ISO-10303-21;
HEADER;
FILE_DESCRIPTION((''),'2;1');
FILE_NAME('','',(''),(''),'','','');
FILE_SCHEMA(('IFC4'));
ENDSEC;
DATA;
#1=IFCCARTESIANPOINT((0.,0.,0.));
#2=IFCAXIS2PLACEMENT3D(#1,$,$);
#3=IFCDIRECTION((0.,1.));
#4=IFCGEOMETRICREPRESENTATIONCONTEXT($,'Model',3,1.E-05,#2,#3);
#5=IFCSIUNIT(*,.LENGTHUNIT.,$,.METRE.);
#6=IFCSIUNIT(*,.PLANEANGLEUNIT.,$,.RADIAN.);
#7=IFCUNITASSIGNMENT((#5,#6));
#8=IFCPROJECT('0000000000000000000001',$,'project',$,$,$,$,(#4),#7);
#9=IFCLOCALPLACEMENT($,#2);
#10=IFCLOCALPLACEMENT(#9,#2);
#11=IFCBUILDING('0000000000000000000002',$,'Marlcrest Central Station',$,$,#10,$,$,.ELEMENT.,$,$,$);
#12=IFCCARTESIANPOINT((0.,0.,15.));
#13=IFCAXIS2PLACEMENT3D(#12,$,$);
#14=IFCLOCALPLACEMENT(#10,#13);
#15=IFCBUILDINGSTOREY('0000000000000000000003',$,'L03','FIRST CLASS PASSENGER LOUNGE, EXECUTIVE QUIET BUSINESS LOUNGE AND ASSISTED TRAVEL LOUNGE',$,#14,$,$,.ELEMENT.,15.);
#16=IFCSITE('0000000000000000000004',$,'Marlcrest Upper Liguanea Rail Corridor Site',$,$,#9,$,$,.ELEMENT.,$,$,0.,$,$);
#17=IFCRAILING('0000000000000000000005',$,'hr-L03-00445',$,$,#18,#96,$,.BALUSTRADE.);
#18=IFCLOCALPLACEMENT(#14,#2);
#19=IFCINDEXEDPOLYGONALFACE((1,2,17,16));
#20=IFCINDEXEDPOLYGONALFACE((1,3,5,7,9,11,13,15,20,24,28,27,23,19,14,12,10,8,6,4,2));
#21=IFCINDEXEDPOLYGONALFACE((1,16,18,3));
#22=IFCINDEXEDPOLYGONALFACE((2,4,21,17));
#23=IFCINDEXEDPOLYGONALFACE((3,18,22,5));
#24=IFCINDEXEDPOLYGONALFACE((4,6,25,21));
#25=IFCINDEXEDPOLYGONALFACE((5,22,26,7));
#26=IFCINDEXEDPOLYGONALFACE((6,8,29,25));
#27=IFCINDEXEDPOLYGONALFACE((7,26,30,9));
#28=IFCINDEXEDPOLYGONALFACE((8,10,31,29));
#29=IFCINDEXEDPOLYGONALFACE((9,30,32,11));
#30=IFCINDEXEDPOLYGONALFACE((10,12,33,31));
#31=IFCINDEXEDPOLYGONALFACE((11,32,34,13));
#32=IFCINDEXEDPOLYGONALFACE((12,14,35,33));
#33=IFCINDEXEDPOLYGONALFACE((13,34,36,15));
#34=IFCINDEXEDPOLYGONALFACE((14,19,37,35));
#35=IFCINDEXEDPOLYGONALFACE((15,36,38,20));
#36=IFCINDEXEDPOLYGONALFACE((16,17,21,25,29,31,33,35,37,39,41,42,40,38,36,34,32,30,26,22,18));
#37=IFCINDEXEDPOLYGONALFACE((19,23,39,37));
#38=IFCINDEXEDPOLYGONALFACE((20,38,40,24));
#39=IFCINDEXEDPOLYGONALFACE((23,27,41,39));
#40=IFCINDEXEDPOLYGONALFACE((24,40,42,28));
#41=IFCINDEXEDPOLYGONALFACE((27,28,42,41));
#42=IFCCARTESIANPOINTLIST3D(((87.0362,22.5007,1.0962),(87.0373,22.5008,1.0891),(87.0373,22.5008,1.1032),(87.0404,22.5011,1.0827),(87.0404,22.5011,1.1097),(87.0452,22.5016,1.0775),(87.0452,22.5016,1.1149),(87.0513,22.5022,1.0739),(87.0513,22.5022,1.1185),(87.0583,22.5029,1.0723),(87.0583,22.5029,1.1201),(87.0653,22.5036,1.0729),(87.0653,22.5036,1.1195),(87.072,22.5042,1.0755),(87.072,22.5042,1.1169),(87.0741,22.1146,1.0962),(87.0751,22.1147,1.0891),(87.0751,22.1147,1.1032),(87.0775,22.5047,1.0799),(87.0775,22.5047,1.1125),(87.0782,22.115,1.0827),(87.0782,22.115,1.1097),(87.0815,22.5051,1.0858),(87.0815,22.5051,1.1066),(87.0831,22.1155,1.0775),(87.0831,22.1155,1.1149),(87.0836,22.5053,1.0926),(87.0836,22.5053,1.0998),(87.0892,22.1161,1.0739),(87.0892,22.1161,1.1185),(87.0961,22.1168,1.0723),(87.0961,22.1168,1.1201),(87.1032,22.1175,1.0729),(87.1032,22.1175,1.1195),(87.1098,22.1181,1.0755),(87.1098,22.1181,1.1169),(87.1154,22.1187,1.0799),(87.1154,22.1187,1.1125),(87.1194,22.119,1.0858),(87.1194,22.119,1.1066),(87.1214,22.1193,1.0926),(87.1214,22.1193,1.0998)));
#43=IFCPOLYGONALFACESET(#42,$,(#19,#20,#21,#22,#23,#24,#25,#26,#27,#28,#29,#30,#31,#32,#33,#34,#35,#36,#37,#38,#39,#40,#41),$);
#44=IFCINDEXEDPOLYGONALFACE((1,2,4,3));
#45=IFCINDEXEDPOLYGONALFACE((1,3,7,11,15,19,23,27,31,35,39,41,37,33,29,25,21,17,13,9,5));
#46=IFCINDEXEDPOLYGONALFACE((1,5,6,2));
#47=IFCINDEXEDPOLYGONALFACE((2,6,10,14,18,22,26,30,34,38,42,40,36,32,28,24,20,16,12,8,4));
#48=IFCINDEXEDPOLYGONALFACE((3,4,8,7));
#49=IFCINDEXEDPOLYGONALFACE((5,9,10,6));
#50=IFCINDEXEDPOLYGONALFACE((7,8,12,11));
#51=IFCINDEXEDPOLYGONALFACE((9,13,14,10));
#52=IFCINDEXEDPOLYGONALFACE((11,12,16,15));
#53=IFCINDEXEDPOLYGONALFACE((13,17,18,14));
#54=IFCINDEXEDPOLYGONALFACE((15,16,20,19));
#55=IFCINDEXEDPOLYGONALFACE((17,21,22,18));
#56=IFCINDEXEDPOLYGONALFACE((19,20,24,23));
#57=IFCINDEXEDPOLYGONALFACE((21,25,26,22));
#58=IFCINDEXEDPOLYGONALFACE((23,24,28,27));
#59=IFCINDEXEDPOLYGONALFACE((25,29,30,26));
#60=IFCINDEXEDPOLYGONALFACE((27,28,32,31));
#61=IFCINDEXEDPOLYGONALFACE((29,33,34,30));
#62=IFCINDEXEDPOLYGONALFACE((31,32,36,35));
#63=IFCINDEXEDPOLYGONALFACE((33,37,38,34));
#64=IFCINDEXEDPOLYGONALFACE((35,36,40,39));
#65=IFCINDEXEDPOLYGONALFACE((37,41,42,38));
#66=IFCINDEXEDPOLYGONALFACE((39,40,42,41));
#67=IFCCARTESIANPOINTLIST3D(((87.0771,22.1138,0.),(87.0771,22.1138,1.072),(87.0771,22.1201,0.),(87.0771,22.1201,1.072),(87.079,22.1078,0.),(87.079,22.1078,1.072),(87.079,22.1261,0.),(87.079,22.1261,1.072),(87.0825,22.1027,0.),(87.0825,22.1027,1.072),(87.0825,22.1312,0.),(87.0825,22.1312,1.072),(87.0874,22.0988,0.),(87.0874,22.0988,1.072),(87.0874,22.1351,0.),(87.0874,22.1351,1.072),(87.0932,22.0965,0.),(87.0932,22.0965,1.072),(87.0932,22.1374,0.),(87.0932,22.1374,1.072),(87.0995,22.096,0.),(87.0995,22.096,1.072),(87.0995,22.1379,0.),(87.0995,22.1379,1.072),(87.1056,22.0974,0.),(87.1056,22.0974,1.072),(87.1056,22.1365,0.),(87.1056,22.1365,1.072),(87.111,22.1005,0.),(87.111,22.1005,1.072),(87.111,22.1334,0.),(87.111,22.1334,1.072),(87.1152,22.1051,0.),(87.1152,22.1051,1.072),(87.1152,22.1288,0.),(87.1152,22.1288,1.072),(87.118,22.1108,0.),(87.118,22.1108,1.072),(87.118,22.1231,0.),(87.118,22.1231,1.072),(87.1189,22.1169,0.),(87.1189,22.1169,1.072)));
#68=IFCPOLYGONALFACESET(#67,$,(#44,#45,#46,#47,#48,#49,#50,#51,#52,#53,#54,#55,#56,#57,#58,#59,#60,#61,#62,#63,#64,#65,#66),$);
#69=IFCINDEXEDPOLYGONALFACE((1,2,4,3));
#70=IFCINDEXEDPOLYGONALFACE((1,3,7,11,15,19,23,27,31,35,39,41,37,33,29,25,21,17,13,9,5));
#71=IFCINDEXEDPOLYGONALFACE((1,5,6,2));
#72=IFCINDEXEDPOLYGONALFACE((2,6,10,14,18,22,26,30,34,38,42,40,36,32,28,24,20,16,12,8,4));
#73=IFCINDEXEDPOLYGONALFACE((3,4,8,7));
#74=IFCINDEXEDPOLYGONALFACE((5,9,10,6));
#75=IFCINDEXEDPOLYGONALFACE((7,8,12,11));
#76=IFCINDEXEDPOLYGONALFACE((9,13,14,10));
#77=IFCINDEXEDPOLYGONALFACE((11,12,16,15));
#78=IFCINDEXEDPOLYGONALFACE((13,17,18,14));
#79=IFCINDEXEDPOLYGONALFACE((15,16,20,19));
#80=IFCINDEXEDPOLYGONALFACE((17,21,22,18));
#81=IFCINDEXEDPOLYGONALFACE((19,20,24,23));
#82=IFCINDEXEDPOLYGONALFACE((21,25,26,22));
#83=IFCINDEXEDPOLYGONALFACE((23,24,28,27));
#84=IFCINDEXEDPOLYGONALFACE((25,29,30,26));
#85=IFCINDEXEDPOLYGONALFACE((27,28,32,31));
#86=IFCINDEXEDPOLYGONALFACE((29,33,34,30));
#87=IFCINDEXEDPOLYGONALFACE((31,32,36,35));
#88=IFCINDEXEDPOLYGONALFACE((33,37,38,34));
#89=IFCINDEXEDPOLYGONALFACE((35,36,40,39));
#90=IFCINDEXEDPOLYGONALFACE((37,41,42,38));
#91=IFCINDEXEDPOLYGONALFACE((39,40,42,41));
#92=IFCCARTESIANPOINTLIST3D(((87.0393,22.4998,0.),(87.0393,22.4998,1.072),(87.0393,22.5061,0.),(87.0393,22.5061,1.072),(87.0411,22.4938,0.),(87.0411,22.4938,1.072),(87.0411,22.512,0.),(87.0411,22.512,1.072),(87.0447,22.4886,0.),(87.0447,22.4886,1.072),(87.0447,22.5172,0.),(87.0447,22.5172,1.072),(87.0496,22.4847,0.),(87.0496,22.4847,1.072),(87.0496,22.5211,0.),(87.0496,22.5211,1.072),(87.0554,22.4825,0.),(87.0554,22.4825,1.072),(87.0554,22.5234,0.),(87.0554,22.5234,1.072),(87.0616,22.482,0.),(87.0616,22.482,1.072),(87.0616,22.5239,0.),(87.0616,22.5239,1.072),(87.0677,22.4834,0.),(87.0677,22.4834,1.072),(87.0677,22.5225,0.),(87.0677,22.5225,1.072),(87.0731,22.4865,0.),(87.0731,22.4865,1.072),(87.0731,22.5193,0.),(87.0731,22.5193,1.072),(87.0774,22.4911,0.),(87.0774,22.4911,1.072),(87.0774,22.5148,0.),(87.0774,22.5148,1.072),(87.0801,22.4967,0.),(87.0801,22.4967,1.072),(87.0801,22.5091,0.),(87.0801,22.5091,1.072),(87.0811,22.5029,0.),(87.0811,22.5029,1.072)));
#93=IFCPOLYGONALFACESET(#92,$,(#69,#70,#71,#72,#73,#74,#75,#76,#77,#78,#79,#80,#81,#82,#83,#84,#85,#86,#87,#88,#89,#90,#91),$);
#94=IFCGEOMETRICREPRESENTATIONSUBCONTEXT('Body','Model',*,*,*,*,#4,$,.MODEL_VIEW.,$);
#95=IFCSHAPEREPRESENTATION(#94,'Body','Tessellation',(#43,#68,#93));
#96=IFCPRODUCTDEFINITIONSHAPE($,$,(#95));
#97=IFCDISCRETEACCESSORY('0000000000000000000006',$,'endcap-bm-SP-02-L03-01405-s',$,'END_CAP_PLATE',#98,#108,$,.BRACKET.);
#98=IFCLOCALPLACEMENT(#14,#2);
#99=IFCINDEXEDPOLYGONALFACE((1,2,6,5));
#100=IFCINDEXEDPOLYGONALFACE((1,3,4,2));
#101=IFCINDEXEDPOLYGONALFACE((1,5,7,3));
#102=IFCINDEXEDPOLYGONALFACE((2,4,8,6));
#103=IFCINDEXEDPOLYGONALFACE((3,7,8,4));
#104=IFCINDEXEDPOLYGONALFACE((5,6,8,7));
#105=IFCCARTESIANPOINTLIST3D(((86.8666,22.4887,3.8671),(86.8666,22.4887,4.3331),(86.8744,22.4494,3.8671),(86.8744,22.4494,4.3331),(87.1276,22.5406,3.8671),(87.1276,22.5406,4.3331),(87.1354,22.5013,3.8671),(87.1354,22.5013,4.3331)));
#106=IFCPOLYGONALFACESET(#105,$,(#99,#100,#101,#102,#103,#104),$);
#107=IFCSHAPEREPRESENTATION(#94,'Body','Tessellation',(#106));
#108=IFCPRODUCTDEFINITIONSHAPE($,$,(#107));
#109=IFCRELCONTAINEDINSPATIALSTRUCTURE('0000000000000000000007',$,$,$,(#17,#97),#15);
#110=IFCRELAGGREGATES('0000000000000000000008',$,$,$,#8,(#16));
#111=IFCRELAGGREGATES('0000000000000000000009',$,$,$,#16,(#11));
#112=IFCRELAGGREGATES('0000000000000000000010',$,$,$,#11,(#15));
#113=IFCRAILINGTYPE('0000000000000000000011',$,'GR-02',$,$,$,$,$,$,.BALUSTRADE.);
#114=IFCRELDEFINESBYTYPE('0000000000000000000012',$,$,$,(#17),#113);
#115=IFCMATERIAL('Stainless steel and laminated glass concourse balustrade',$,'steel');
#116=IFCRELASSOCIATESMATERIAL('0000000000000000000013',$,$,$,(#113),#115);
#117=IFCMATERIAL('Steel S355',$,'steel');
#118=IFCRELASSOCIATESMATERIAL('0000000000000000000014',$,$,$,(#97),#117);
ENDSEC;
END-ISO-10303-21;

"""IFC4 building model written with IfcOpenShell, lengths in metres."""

from ifc_helpers import new_model, si_unit, direction, frame, origin, origin_2d, place, context, subcontext, project, spatial, rectangle, circle, extrude, material, type_object, element, save


model = new_model("IFC4")

# Units and contexts
model_context = context("Model", 3, precision=1e-05, world=origin(), true_north=direction((0.0, 1.0)))
body_context = subcontext(model_context, "Body", "Model", "MODEL_VIEW")
ifc_project = project(units=[si_unit("LENGTHUNIT", "METRE"), si_unit("PLANEANGLEUNIT", "RADIAN")], contexts=[model_context])

# Site, building, storey
site_placement = place(None, origin())
site = spatial("IfcSite", under=ifc_project, at=site_placement, Name="Marlcrest Upper Liguanea Rail Corridor Site", CompositionType="ELEMENT", RefElevation=0.0)
building_placement = place(site_placement, origin())
building = spatial("IfcBuilding", under=site, at=building_placement, Name="Marlcrest Central Station", CompositionType="ELEMENT")
storey_placement = place(building_placement, frame((0.0, 0.0, 15.0)))
storey = spatial("IfcBuildingStorey", under=building, at=storey_placement, Name="L03", Description="FIRST CLASS PASSENGER LOUNGE, EXECUTIVE QUIET BUSINESS LOUNGE AND ASSISTED TRAVEL LOUNGE", CompositionType="ELEMENT", Elevation=15.0)

# Shared definitions
ifc_material_1 = material(Name="Steel S355", Category="steel")

# Railing
ifc_material_2 = material(Name="Stainless steel and laminated glass concourse balustrade", Category="steel")
railing_type = type_object("IfcRailingType", Name="GR-02", PredefinedType="BALUSTRADE", material=ifc_material_2)
railing_1_placement = place(storey_placement, frame((87.0979, 22.1169, 0.0)))
element("IfcRailing", 1, at=railing_1_placement, inside=storey, type_object=railing_type, Name="hr-L03-00445", PredefinedType="BALUSTRADE", context=body_context, shape_type="SweptSolid", body=[
    extrude(circle(Radius=0.0239, at=origin_2d()), frame((0.0, 0.0, 1.0962), z_axis=(-0.097571, 0.995229, 0.0), x_axis=(-0.995229, -0.097571, 0.0)), (0.0, 0.0, 1.0), 0.3879),
    extrude(circle(Radius=0.021, at=origin_2d()), origin(), (0.0, 0.0, 1.0), 1.072),
    extrude(circle(Radius=0.021, at=origin_2d()), frame((-0.0378, 0.386, 0.0)), (0.0, 0.0, 1.0), 1.072),
])

# Discrete accessory
discrete_accessory_placement = place(storey_placement, frame((86.9971, 22.5146, 4.1001), z_axis=(0.195171, -0.980769, 0.0), x_axis=(0.980769, 0.195171, 0.0)))
element("IfcDiscreteAccessory", 2, at=discrete_accessory_placement, inside=storey, material=ifc_material_1, Name="endcap-bm-SP-02-L03-01405-s", ObjectType="END_CAP_PLATE", PredefinedType="BRACKET", context=body_context, shape_type="SweptSolid", body=[
    extrude(rectangle(XDim=0.2661, YDim=0.4661, at=origin_2d()), origin(), (0.0, 0.0, 1.0), 0.04),
])

save(model, "model.ifc")
